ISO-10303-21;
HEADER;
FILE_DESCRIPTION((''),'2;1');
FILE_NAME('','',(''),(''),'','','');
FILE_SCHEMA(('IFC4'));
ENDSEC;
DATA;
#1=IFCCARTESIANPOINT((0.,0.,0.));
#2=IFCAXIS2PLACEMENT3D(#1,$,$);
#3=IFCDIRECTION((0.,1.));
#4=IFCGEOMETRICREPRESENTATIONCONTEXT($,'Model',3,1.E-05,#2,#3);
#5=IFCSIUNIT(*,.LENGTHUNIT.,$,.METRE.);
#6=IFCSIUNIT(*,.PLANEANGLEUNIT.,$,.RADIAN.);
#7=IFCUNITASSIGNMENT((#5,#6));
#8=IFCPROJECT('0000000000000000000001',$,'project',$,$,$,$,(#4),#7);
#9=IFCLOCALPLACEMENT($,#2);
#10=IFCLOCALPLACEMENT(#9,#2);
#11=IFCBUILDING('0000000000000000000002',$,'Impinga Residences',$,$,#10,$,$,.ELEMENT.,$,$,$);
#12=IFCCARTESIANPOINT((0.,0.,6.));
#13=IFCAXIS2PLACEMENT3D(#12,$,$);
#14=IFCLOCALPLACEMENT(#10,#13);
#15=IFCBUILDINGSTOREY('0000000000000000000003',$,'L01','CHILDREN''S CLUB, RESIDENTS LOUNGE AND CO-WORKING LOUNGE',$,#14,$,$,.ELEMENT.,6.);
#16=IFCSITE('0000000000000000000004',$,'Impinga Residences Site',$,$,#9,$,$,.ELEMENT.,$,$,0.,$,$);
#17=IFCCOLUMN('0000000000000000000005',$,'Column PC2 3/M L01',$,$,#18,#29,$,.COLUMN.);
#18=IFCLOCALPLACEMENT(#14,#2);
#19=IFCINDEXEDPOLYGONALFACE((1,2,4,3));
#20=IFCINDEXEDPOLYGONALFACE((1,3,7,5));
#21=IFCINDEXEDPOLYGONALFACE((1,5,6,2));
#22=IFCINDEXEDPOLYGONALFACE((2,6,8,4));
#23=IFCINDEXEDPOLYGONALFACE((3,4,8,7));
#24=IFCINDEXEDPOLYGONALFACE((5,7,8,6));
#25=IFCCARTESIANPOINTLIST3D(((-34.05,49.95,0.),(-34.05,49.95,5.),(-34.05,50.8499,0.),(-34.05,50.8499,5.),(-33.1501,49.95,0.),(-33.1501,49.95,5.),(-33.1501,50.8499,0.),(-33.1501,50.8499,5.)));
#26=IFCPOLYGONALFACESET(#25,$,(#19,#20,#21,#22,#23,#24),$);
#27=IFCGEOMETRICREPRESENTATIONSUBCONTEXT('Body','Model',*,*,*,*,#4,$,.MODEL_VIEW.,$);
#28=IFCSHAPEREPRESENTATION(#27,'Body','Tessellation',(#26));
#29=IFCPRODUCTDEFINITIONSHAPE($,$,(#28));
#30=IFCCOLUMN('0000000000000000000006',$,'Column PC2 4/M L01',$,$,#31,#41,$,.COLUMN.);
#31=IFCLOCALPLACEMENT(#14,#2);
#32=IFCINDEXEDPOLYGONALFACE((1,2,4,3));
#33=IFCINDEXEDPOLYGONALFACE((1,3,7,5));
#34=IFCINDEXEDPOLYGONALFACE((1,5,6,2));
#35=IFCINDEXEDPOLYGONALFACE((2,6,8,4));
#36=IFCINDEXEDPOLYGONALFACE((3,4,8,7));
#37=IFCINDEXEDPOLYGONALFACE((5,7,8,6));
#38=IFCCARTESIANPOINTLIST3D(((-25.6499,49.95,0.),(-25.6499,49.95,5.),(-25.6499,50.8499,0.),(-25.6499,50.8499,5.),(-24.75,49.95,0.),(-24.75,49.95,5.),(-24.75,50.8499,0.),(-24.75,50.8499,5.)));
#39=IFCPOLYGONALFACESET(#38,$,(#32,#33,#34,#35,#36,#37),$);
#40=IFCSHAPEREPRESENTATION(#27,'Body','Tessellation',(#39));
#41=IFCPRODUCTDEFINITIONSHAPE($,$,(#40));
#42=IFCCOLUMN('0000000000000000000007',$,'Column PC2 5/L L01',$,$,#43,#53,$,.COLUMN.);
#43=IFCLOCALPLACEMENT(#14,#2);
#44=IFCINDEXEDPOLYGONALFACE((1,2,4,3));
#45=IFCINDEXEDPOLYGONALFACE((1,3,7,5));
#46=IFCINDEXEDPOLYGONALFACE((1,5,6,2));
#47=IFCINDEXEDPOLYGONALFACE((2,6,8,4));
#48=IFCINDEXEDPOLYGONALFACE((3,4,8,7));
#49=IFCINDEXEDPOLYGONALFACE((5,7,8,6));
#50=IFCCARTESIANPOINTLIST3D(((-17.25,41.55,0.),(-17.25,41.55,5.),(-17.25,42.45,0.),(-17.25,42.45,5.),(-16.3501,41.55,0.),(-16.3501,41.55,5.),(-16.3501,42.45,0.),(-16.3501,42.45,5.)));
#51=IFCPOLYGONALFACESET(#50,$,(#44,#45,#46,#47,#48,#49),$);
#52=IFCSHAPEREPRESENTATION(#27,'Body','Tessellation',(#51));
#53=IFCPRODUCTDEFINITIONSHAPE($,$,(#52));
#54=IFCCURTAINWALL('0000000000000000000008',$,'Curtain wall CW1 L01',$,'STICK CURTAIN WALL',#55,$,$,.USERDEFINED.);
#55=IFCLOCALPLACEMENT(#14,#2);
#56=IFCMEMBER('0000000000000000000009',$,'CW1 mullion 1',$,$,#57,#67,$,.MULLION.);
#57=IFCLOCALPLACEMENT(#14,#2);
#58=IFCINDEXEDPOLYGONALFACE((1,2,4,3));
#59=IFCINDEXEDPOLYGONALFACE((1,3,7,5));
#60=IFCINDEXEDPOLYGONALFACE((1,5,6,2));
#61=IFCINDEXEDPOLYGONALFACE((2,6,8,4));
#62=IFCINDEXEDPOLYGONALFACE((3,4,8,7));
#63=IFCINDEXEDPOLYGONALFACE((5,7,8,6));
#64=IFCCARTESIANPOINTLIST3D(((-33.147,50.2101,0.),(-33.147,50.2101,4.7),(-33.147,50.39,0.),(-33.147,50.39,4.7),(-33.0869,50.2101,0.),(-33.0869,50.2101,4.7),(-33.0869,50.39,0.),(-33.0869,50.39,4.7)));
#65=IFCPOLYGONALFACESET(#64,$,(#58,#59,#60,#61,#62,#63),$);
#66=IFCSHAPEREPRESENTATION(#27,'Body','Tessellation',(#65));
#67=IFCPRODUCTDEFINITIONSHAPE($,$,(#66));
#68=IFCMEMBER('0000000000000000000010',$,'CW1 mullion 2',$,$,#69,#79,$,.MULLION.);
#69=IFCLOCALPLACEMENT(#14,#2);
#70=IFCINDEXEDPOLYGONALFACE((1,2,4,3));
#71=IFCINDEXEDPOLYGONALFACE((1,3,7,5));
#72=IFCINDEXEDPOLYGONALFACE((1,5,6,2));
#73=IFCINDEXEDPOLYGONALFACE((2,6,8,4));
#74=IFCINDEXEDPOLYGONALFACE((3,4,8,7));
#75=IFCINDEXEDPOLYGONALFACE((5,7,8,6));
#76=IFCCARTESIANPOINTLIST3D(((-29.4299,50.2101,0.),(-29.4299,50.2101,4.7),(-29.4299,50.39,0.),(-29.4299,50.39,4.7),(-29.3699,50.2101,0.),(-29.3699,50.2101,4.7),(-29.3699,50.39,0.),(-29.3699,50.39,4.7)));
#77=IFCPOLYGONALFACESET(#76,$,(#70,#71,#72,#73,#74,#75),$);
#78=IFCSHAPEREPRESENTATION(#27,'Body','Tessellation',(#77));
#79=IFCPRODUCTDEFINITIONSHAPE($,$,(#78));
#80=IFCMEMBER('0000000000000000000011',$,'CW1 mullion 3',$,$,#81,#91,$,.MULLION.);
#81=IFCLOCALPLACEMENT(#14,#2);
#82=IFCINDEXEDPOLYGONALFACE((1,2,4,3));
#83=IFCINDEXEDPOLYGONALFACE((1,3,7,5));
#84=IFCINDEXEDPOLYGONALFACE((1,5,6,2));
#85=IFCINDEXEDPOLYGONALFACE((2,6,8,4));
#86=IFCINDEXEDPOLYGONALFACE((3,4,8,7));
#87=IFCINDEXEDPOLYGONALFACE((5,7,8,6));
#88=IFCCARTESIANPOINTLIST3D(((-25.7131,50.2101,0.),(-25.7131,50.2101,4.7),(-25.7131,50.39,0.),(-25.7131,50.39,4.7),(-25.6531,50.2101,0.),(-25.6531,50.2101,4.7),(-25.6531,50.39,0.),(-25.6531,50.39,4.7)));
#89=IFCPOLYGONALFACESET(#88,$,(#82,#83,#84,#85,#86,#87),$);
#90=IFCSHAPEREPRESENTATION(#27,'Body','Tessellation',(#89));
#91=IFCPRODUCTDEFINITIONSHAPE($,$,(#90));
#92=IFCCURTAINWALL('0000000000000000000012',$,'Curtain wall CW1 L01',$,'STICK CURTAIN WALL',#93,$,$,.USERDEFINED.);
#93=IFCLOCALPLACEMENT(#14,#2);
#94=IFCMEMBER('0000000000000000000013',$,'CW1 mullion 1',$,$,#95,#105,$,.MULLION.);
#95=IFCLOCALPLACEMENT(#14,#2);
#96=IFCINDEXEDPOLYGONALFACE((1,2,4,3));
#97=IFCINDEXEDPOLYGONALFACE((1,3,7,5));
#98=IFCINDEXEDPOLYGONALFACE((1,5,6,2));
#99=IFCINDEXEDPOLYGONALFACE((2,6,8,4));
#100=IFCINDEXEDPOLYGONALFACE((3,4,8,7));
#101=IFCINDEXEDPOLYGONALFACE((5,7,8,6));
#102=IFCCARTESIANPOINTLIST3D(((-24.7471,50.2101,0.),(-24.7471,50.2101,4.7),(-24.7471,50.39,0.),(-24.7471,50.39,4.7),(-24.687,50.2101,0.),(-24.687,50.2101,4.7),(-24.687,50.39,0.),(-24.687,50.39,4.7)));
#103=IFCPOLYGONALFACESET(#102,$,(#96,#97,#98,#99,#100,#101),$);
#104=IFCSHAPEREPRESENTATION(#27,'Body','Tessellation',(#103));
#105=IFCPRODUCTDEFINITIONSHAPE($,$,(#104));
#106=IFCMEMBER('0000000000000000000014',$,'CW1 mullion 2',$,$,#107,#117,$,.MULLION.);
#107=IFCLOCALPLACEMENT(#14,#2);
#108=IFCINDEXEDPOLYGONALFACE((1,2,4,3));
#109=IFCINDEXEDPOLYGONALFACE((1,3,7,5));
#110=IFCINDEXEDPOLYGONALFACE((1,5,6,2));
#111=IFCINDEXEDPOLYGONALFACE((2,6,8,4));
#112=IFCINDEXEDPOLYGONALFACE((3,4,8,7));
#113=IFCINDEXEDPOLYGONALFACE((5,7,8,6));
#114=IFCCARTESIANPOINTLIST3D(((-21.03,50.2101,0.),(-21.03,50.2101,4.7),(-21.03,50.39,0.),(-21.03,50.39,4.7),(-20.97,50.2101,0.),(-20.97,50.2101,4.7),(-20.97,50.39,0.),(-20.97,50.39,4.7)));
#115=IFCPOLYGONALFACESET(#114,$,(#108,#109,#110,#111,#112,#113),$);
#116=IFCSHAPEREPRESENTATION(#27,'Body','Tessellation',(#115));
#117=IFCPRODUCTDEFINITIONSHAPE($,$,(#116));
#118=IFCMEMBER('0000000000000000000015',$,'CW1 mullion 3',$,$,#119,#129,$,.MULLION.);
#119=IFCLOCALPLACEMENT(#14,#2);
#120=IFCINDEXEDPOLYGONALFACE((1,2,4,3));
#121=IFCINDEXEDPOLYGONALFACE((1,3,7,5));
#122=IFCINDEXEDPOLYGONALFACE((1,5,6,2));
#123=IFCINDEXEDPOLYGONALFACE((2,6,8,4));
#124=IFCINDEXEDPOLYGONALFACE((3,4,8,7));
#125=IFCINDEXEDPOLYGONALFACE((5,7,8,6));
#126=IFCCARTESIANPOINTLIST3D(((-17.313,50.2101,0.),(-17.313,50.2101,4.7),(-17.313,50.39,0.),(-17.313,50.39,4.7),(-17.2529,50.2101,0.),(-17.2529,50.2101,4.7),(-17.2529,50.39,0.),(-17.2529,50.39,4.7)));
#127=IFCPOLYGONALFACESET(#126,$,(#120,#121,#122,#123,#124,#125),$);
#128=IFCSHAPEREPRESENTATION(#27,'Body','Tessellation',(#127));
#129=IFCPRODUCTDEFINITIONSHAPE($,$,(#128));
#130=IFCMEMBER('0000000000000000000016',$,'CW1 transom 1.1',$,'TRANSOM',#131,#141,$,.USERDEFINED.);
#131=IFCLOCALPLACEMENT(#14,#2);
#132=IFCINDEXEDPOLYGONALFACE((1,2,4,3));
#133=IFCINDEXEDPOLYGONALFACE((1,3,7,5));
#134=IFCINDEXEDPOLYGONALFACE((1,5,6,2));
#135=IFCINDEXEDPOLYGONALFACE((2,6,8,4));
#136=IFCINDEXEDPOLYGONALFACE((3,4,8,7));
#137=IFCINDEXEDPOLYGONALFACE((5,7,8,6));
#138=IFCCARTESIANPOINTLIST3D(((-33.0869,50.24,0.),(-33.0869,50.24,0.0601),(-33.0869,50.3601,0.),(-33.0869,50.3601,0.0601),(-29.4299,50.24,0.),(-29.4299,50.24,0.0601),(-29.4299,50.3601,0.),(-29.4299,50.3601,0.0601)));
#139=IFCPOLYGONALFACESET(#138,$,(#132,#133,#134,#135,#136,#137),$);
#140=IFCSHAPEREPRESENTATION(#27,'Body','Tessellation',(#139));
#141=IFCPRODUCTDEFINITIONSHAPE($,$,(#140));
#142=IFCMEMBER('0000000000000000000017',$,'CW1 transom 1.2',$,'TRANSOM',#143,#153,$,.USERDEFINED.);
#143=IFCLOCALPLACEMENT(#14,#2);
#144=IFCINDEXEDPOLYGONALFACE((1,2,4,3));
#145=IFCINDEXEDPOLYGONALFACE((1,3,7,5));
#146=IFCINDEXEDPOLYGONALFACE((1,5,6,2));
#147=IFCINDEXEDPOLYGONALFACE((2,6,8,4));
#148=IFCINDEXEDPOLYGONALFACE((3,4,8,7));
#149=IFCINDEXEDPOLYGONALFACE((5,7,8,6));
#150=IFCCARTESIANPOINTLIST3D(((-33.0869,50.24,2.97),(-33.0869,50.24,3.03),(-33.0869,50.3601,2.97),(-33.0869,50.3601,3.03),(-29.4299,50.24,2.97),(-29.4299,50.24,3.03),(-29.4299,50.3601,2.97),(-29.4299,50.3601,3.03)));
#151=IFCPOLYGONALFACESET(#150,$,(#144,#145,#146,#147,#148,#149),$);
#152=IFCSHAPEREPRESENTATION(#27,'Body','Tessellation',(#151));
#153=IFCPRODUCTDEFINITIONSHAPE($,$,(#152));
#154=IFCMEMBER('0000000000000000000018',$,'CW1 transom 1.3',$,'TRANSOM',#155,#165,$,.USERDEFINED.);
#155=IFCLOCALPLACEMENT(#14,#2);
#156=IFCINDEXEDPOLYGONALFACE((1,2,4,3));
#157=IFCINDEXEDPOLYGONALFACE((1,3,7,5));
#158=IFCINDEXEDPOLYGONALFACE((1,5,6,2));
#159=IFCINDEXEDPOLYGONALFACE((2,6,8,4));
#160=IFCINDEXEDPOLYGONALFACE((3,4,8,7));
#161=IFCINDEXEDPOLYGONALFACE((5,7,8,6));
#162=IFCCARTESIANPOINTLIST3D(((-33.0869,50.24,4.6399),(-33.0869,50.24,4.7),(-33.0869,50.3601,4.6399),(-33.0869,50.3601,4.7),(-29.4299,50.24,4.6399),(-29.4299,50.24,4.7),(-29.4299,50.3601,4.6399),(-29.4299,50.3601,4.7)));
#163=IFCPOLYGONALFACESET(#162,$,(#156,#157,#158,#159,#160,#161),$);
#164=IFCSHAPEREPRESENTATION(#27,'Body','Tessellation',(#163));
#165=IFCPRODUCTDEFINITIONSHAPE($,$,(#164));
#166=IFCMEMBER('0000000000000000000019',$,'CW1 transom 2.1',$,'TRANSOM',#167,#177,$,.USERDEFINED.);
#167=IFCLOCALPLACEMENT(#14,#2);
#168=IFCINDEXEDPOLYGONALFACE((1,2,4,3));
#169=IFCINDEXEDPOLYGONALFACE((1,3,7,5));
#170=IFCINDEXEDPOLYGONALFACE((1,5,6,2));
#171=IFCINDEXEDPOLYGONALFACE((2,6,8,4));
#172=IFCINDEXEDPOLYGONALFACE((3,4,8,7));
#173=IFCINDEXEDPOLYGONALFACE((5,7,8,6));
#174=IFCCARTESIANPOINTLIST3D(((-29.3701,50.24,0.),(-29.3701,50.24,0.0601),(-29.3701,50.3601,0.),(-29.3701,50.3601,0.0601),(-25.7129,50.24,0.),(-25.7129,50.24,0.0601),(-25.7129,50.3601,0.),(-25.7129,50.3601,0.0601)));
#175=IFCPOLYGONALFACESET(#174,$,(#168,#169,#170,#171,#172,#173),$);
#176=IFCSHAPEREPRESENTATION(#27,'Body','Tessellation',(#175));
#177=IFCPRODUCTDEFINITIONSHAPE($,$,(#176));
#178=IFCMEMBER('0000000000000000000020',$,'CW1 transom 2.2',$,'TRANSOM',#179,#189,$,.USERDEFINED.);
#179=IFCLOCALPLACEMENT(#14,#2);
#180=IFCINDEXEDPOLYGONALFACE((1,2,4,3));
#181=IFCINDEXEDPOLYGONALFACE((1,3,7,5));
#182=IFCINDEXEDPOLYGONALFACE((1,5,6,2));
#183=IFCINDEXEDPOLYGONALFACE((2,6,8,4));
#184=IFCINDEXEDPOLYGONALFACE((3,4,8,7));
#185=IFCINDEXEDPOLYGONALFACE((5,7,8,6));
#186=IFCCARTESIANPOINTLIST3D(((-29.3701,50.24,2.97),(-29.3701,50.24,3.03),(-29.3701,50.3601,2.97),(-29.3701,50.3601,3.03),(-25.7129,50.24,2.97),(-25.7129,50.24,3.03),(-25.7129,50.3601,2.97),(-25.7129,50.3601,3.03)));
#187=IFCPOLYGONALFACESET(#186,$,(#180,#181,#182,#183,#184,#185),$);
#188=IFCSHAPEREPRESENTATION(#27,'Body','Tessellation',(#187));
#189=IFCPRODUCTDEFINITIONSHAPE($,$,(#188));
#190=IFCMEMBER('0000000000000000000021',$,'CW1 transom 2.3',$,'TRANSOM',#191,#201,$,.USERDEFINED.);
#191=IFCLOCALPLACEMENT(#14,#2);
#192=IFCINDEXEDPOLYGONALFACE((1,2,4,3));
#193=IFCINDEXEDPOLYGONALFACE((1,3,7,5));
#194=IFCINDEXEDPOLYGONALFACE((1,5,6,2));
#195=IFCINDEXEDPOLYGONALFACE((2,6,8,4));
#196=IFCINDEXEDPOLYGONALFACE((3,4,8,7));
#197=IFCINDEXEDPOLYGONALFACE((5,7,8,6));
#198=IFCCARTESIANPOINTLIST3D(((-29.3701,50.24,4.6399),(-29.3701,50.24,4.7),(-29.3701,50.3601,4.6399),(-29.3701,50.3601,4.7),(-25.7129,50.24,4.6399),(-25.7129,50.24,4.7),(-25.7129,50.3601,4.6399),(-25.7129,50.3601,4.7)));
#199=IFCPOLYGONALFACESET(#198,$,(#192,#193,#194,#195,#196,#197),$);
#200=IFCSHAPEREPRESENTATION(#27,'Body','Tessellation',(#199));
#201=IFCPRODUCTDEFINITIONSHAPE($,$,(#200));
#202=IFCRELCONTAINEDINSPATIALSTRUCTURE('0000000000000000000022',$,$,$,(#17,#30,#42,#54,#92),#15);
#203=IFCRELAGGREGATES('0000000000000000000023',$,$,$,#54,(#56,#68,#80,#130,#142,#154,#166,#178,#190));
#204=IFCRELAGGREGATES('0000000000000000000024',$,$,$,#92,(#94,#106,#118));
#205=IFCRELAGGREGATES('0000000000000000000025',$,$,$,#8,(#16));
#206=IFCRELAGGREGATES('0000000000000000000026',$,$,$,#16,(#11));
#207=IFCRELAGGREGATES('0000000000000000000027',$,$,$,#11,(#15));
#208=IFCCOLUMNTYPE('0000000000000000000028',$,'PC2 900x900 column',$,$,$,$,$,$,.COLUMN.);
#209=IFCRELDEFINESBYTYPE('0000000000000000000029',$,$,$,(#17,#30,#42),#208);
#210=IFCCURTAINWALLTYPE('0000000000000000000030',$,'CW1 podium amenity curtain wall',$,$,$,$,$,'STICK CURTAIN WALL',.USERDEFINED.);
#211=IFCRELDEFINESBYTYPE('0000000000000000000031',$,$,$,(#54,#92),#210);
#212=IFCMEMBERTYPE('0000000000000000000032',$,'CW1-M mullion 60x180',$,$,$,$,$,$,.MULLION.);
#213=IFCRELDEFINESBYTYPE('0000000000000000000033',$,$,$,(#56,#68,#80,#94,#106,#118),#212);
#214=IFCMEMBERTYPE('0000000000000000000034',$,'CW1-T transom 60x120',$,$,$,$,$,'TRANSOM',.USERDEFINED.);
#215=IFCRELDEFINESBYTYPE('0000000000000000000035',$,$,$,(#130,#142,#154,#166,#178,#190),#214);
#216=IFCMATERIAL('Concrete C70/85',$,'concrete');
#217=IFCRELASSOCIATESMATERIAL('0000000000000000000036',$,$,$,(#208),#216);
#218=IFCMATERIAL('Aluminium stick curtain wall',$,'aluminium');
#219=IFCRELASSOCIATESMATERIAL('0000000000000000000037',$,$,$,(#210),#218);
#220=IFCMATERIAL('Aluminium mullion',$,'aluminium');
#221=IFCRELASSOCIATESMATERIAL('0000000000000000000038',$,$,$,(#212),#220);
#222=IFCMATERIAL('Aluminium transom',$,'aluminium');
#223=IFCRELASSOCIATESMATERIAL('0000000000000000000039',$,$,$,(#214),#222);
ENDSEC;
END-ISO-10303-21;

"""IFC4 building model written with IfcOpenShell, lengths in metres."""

from ifc_helpers import new_model, si_unit, direction, frame, origin, origin_2d, place, context, subcontext, project, spatial, rectangle, extrude, material, material_profile, profile_set, type_object, element, aggregate, save


model = new_model("IFC4")

# Units and contexts
model_context = context("Model", 3, precision=1e-05, world=origin(), true_north=direction((0.0, 1.0)))
body_context = subcontext(model_context, "Body", "Model", "MODEL_VIEW")
ifc_project = project(units=[si_unit("LENGTHUNIT", "METRE"), si_unit("PLANEANGLEUNIT", "RADIAN")], contexts=[model_context])

# Site, building, storey
site_placement = place(None, origin())
site = spatial("IfcSite", under=ifc_project, at=site_placement, Name="Impinga Residences Site", CompositionType="ELEMENT", RefElevation=0.0)
building_placement = place(site_placement, origin())
building = spatial("IfcBuilding", under=site, at=building_placement, Name="Impinga Residences", CompositionType="ELEMENT")
storey_placement = place(building_placement, frame((0.0, 0.0, 6.0)))
storey = spatial("IfcBuildingStorey", under=building, at=storey_placement, Name="L01", Description="CHILDREN'S CLUB, RESIDENTS LOUNGE AND CO-WORKING LOUNGE", CompositionType="ELEMENT", Elevation=6.0)

# Columns
ifc_material_1 = material(Name="Concrete C70/85", Category="concrete")
ifc_material_profile_1 = material_profile(ifc_material_1, rectangle(XDim=0.8999, YDim=0.8999, at=origin_2d()), Name="RC 900x900")
ifc_profile_set_1 = profile_set([ifc_material_profile_1], Name="Concrete C70/85")
column_type = type_object("IfcColumnType", Name="PC2 900x900 column", PredefinedType="COLUMN", material=ifc_profile_set_1)
for number, where, z_axis, x_axis, name in (
    (1, (-33.6001, 50.3999, 0.0), (0.0, 0.0, 1.0), (1.0, 0.0, 0.0), "Column PC2 3/M L01"),
    (2, (-25.2, 50.3999, 0.0), (0.0, 0.0, 1.0), (1.0, 0.0, 0.0), "Column PC2 4/M L01"),
    (3, (-16.8, 42.0, 0.0), (0.0, 0.0, 1.0), (1.0, 0.0, 0.0), "Column PC2 5/L L01"),
):
    element("IfcColumn", number, at=place(storey_placement, frame(where, z_axis=z_axis, x_axis=x_axis)), inside=storey, type_object=column_type, Name=name, PredefinedType="COLUMN", context=body_context, shape_type="SweptSolid", body=[
        extrude(rectangle(XDim=0.8999, YDim=0.8999, at=origin_2d()), origin(), (0.0, 0.0, 1.0), 5.0),
    ])

# Curtain walls, members
ifc_material_2 = material(Name="Aluminium stick curtain wall", Category="aluminium")
curtain_wall_type = type_object("IfcCurtainWallType", Name="CW1 podium amenity curtain wall", ElementType="STICK CURTAIN WALL", PredefinedType="USERDEFINED", material=ifc_material_2)
curtain_wall_1_placement = place(storey_placement, origin())
curtain_wall_1 = element("IfcCurtainWall", 4, at=curtain_wall_1_placement, inside=storey, type_object=curtain_wall_type, Name="Curtain wall CW1 L01", ObjectType="STICK CURTAIN WALL", PredefinedType="USERDEFINED")
ifc_material_3 = material(Name="Aluminium mullion", Category="aluminium")
ifc_material_profile_2 = material_profile(ifc_material_3, rectangle(XDim=0.0601, YDim=0.1799, at=origin_2d()), Name="60x180 mullion")
ifc_profile_set_2 = profile_set([ifc_material_profile_2], Name="Aluminium mullion")
member_type_1 = type_object("IfcMemberType", Name="CW1-M mullion 60x180", PredefinedType="MULLION", material=ifc_profile_set_2)
member_1_placement = place(storey_placement, frame((-33.1169, 50.3, 0.0), z_axis=(0.0, 0.0, 1.0), x_axis=(1.0, 0.0, 0.0)))
member_1 = element("IfcMember", 5, at=member_1_placement, type_object=member_type_1, Name="CW1 mullion 1", PredefinedType="MULLION", context=body_context, shape_type="SweptSolid", body=[
    extrude(rectangle(XDim=0.0601, YDim=0.1799, at=origin_2d()), origin(), (0.0, 0.0, 1.0), 4.7),
])
member_2_placement = place(storey_placement, frame((-29.3999, 50.3, 0.0), z_axis=(0.0, 0.0, 1.0), x_axis=(1.0, 0.0, 0.0)))
member_2 = element("IfcMember", 6, at=member_2_placement, type_object=member_type_1, Name="CW1 mullion 2", PredefinedType="MULLION", context=body_context, shape_type="SweptSolid", body=[
    extrude(rectangle(XDim=0.0601, YDim=0.1799, at=origin_2d()), origin(), (0.0, 0.0, 1.0), 4.7),
])
member_3_placement = place(storey_placement, frame((-25.6831, 50.3, 0.0), z_axis=(0.0, 0.0, 1.0), x_axis=(1.0, 0.0, 0.0)))
member_3 = element("IfcMember", 7, at=member_3_placement, type_object=member_type_1, Name="CW1 mullion 3", PredefinedType="MULLION", context=body_context, shape_type="SweptSolid", body=[
    extrude(rectangle(XDim=0.0601, YDim=0.1799, at=origin_2d()), origin(), (0.0, 0.0, 1.0), 4.7),
])
curtain_wall_2_placement = place(storey_placement, origin())
curtain_wall_2 = element("IfcCurtainWall", 8, at=curtain_wall_2_placement, inside=storey, type_object=curtain_wall_type, Name="Curtain wall CW1 L01", ObjectType="STICK CURTAIN WALL", PredefinedType="USERDEFINED")
member_4_placement = place(storey_placement, frame((-24.717, 50.3, 0.0), z_axis=(0.0, 0.0, 1.0), x_axis=(1.0, 0.0, 0.0)))
member_4 = element("IfcMember", 9, at=member_4_placement, type_object=member_type_1, Name="CW1 mullion 1", PredefinedType="MULLION", context=body_context, shape_type="SweptSolid", body=[
    extrude(rectangle(XDim=0.0601, YDim=0.1799, at=origin_2d()), origin(), (0.0, 0.0, 1.0), 4.7),
])
member_5_placement = place(storey_placement, frame((-21.0, 50.3, 0.0), z_axis=(0.0, 0.0, 1.0), x_axis=(1.0, 0.0, 0.0)))
member_5 = element("IfcMember", 10, at=member_5_placement, type_object=member_type_1, Name="CW1 mullion 2", PredefinedType="MULLION", context=body_context, shape_type="SweptSolid", body=[
    extrude(rectangle(XDim=0.0601, YDim=0.1799, at=origin_2d()), origin(), (0.0, 0.0, 1.0), 4.7),
])
member_6_placement = place(storey_placement, frame((-17.283, 50.3, 0.0), z_axis=(0.0, 0.0, 1.0), x_axis=(1.0, 0.0, 0.0)))
member_6 = element("IfcMember", 11, at=member_6_placement, type_object=member_type_1, Name="CW1 mullion 3", PredefinedType="MULLION", context=body_context, shape_type="SweptSolid", body=[
    extrude(rectangle(XDim=0.0601, YDim=0.1799, at=origin_2d()), origin(), (0.0, 0.0, 1.0), 4.7),
])

# Members
ifc_material_4 = material(Name="Aluminium transom", Category="aluminium")
ifc_material_profile_3 = material_profile(ifc_material_4, rectangle(XDim=0.0601, YDim=0.1201, at=origin_2d()), Name="60x120 transom")
ifc_profile_set_3 = profile_set([ifc_material_profile_3], Name="Aluminium transom")
member_type_2 = type_object("IfcMemberType", Name="CW1-T transom 60x120", ElementType="TRANSOM", PredefinedType="USERDEFINED", material=ifc_profile_set_3)
member_7_placement = place(storey_placement, frame((-33.0869, 50.3, 0.03), z_axis=(1.0, 0.0, 0.0), x_axis=(0.0, 0.0, 1.0)))
member_7 = element("IfcMember", 12, at=member_7_placement, type_object=member_type_2, Name="CW1 transom 1.1", ObjectType="TRANSOM", PredefinedType="USERDEFINED", context=body_context, shape_type="SweptSolid", body=[
    extrude(rectangle(XDim=0.0601, YDim=0.1201, at=origin_2d()), origin(), (0.0, 0.0, 1.0), 3.657),
])
member_8_placement = place(storey_placement, frame((-33.0869, 50.3, 3.0), z_axis=(1.0, 0.0, 0.0), x_axis=(0.0, 0.0, 1.0)))
member_8 = element("IfcMember", 13, at=member_8_placement, type_object=member_type_2, Name="CW1 transom 1.2", ObjectType="TRANSOM", PredefinedType="USERDEFINED", context=body_context, shape_type="SweptSolid", body=[
    extrude(rectangle(XDim=0.0601, YDim=0.1201, at=origin_2d()), origin(), (0.0, 0.0, 1.0), 3.657),
])
member_9_placement = place(storey_placement, frame((-33.0869, 50.3, 4.6699), z_axis=(1.0, 0.0, 0.0), x_axis=(0.0, 0.0, 1.0)))
member_9 = element("IfcMember", 14, at=member_9_placement, type_object=member_type_2, Name="CW1 transom 1.3", ObjectType="TRANSOM", PredefinedType="USERDEFINED", context=body_context, shape_type="SweptSolid", body=[
    extrude(rectangle(XDim=0.0601, YDim=0.1201, at=origin_2d()), origin(), (0.0, 0.0, 1.0), 3.657),
])
member_10_placement = place(storey_placement, frame((-29.3701, 50.3, 0.03), z_axis=(1.0, 0.0, 0.0), x_axis=(0.0, 0.0, 1.0)))
member_10 = element("IfcMember", 15, at=member_10_placement, type_object=member_type_2, Name="CW1 transom 2.1", ObjectType="TRANSOM", PredefinedType="USERDEFINED", context=body_context, shape_type="SweptSolid", body=[
    extrude(rectangle(XDim=0.0601, YDim=0.1201, at=origin_2d()), origin(), (0.0, 0.0, 1.0), 3.6572),
])
member_11_placement = place(storey_placement, frame((-29.3701, 50.3, 3.0), z_axis=(1.0, 0.0, 0.0), x_axis=(0.0, 0.0, 1.0)))
member_11 = element("IfcMember", 16, at=member_11_placement, type_object=member_type_2, Name="CW1 transom 2.2", ObjectType="TRANSOM", PredefinedType="USERDEFINED", context=body_context, shape_type="SweptSolid", body=[
    extrude(rectangle(XDim=0.0601, YDim=0.1201, at=origin_2d()), origin(), (0.0, 0.0, 1.0), 3.6572),
])
member_12_placement = place(storey_placement, frame((-29.3701, 50.3, 4.6699), z_axis=(1.0, 0.0, 0.0), x_axis=(0.0, 0.0, 1.0)))
member_12 = element("IfcMember", 17, at=member_12_placement, type_object=member_type_2, Name="CW1 transom 2.3", ObjectType="TRANSOM", PredefinedType="USERDEFINED", context=body_context, shape_type="SweptSolid", body=[
    extrude(rectangle(XDim=0.0601, YDim=0.1201, at=origin_2d()), origin(), (0.0, 0.0, 1.0), 3.6572),
])

aggregate(curtain_wall_1, [member_1, member_2, member_3, member_7, member_8, member_9, member_10, member_11, member_12])
aggregate(curtain_wall_2, [member_4, member_5, member_6])

save(model, "model.ifc")
